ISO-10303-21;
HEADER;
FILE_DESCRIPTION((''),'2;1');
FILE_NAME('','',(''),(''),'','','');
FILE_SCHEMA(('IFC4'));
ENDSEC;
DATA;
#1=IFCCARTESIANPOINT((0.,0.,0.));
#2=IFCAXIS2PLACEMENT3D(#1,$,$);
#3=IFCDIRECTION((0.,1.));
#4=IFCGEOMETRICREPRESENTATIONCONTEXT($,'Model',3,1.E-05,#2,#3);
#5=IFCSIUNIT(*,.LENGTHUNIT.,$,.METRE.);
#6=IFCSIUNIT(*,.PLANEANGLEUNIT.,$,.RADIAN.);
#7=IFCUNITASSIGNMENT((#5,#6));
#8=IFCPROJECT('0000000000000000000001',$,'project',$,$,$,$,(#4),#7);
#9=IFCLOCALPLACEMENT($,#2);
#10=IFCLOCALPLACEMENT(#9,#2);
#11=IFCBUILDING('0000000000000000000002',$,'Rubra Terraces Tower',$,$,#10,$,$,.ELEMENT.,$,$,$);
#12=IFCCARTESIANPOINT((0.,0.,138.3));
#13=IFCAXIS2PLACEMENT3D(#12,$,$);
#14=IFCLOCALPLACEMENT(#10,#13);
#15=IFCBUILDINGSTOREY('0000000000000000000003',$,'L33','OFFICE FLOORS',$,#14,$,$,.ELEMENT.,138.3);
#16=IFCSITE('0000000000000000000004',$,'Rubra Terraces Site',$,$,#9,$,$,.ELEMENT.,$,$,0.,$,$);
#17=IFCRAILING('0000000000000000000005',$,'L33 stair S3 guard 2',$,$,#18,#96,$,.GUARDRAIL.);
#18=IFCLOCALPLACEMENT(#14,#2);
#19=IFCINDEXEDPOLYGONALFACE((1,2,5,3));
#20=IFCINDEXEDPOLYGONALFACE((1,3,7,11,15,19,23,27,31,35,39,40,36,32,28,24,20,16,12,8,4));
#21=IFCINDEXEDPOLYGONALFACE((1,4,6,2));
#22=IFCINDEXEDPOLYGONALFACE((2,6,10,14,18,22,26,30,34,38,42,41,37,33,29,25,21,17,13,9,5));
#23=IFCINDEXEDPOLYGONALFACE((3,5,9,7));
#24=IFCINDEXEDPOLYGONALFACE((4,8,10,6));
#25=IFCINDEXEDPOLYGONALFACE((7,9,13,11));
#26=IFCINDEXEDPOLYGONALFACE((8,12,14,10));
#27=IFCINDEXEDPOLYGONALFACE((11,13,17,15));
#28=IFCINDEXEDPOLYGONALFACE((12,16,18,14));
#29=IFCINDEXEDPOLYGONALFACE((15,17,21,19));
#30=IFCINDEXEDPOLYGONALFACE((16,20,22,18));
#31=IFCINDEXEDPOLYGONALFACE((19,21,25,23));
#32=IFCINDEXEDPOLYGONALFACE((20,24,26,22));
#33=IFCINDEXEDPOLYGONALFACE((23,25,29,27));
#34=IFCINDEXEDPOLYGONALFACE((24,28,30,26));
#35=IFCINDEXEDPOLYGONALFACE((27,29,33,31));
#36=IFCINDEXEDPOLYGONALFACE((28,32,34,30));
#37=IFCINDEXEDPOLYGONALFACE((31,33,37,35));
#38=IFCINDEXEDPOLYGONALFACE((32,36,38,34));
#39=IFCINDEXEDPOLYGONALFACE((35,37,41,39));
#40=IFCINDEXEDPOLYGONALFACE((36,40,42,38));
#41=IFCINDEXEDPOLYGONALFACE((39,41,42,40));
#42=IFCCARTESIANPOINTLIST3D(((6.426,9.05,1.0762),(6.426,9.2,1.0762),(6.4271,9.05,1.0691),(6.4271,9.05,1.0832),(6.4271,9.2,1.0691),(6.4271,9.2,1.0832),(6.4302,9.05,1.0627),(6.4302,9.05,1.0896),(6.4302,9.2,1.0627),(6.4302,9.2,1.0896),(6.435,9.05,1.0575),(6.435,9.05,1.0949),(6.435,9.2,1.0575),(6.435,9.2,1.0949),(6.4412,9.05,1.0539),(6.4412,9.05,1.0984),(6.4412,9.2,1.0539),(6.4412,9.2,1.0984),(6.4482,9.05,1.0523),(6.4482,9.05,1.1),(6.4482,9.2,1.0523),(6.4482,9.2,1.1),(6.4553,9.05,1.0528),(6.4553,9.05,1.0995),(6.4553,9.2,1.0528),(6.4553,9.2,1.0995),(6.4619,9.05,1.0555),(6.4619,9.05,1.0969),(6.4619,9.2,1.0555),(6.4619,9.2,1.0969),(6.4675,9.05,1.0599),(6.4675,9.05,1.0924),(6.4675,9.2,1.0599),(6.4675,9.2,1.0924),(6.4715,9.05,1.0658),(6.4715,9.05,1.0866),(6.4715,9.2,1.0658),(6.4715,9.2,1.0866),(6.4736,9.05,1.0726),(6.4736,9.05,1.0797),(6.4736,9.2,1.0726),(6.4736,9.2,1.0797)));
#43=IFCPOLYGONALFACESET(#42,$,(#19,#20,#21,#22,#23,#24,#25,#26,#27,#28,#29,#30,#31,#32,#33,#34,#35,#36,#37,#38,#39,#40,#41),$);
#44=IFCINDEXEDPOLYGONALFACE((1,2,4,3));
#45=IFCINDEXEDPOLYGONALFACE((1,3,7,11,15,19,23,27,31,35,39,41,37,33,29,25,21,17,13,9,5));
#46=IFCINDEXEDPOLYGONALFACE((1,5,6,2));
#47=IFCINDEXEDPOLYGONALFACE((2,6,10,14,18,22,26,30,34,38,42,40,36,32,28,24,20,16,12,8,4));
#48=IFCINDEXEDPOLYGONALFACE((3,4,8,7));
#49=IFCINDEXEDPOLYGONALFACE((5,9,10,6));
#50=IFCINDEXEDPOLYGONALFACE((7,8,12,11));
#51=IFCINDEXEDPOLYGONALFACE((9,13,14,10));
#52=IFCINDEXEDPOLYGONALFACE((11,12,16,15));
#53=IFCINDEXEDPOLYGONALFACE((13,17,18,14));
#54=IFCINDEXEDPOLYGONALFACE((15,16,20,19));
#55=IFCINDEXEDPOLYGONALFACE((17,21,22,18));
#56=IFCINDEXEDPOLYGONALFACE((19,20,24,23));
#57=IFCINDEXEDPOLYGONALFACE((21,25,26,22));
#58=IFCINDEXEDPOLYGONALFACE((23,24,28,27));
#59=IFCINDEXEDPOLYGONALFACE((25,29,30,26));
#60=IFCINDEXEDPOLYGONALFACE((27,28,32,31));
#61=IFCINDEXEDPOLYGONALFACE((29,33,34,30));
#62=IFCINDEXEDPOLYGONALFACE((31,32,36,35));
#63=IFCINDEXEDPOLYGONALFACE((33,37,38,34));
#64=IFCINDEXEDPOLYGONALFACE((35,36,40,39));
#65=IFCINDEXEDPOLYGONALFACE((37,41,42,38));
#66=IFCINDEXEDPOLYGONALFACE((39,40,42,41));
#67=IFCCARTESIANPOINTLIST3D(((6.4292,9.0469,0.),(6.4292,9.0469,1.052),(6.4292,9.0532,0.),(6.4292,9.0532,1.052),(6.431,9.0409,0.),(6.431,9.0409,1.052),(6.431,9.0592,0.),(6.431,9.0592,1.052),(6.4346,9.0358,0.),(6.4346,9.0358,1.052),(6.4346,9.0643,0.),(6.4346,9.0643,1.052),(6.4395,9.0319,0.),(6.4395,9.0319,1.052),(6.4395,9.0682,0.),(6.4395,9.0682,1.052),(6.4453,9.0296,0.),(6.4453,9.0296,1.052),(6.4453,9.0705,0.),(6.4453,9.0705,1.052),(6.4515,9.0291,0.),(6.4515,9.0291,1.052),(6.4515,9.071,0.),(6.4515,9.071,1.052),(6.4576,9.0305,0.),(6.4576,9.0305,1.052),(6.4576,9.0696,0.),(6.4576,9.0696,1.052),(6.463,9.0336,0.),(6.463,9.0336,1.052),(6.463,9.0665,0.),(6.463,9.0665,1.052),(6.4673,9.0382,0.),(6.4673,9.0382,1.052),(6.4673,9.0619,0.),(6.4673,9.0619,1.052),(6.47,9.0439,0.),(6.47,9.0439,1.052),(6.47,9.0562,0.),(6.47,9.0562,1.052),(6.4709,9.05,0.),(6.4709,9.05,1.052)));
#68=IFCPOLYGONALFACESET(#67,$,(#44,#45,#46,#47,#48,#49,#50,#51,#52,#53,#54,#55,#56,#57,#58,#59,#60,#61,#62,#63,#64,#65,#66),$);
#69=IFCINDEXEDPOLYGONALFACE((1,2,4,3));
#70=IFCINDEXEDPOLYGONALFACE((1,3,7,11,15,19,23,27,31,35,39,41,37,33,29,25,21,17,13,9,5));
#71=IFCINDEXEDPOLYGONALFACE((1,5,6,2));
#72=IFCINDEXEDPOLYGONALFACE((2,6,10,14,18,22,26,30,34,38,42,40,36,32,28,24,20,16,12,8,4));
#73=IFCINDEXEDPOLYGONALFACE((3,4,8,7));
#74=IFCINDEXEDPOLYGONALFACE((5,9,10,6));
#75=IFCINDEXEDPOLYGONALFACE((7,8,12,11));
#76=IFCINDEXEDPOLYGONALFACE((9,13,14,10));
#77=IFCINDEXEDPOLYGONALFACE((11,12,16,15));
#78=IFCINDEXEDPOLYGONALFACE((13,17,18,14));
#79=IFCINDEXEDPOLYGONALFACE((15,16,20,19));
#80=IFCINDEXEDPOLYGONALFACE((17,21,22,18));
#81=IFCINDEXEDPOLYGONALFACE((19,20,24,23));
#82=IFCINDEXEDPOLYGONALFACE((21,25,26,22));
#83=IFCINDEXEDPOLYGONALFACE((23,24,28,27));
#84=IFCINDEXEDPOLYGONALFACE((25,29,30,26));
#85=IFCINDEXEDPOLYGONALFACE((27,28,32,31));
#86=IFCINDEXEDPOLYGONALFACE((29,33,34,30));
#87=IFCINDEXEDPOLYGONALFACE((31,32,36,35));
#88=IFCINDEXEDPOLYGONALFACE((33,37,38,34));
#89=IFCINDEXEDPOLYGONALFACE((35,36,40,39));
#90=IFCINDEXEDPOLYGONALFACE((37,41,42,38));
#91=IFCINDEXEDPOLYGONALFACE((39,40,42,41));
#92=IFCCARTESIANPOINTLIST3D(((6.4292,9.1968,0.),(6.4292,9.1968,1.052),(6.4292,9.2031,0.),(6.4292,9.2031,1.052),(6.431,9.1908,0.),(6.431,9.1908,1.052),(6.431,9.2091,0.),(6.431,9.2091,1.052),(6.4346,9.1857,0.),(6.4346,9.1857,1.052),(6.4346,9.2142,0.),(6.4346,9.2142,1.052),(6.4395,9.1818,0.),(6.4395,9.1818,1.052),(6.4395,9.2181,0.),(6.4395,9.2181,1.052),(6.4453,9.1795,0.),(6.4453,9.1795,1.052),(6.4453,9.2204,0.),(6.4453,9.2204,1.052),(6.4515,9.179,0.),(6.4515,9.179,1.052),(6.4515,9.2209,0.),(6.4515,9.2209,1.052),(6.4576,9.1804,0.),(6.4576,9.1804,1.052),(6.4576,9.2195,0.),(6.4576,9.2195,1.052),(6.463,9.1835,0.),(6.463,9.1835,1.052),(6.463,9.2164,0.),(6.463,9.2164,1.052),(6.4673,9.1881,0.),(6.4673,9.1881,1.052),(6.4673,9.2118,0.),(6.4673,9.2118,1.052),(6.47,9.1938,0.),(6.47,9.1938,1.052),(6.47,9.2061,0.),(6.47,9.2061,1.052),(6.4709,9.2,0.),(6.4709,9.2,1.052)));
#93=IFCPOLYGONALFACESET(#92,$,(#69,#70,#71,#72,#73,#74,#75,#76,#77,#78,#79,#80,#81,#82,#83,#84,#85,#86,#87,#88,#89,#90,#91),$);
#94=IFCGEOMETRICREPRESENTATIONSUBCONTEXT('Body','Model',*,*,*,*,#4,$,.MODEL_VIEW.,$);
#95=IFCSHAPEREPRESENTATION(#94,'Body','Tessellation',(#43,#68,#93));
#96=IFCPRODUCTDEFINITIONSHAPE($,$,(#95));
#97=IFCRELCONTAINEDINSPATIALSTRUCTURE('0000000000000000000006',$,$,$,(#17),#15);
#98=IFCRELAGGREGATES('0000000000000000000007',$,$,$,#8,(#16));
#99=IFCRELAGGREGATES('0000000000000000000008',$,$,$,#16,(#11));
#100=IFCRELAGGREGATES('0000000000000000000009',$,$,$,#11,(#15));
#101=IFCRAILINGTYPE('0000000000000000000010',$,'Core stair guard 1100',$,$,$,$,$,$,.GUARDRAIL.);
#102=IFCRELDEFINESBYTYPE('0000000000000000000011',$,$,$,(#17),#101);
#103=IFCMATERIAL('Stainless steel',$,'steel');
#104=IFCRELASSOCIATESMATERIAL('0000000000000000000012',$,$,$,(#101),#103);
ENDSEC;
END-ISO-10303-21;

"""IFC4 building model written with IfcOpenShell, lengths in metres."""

from ifc_helpers import new_model, si_unit, direction, frame, origin, origin_2d, place, context, subcontext, project, spatial, circle, extrude, material, type_object, element, save


model = new_model("IFC4")

# Units and contexts
model_context = context("Model", 3, precision=1e-05, world=origin(), true_north=direction((0.0, 1.0)))
body_context = subcontext(model_context, "Body", "Model", "MODEL_VIEW")
ifc_project = project(units=[si_unit("LENGTHUNIT", "METRE"), si_unit("PLANEANGLEUNIT", "RADIAN")], contexts=[model_context])

# Site, building, storey
site_placement = place(None, origin())
site = spatial("IfcSite", under=ifc_project, at=site_placement, Name="Rubra Terraces Site", CompositionType="ELEMENT", RefElevation=0.0)
building_placement = place(site_placement, origin())
building = spatial("IfcBuilding", under=site, at=building_placement, Name="Rubra Terraces Tower", CompositionType="ELEMENT")
storey_placement = place(building_placement, frame((0.0, 0.0, 138.3)))
storey = spatial("IfcBuildingStorey", under=building, at=storey_placement, Name="L33", Description="OFFICE FLOORS", CompositionType="ELEMENT", Elevation=138.3)

# Shared definitions
ifc_material_1 = material(Name="Stainless steel", Category="steel")

# Railing
railing_type_1 = type_object("IfcRailingType", Name="Core stair guard 1100", PredefinedType="GUARDRAIL", material=ifc_material_1)
railing_1_placement = place(storey_placement, frame((6.45, 9.05, 0.0)))
element("IfcRailing", 1, at=railing_1_placement, inside=storey, type_object=railing_type_1, Name="L33 stair S3 guard 2", PredefinedType="GUARDRAIL", context=body_context, shape_type="SweptSolid", body=[
    extrude(circle(Radius=0.0239, at=origin_2d()), frame((0.0, 0.0, 1.0762), z_axis=(0.0, 1.0, 0.0), x_axis=(-1.0, 0.0, 0.0)), (0.0, 0.0, 1.0), 0.1499),
    extrude(circle(Radius=0.021, at=origin_2d()), origin(), (0.0, 0.0, 1.0), 1.052),
    extrude(circle(Radius=0.021, at=origin_2d()), frame((0.0, 0.1499, 0.0)), (0.0, 0.0, 1.0), 1.052),
])

save(model, "model.ifc")
